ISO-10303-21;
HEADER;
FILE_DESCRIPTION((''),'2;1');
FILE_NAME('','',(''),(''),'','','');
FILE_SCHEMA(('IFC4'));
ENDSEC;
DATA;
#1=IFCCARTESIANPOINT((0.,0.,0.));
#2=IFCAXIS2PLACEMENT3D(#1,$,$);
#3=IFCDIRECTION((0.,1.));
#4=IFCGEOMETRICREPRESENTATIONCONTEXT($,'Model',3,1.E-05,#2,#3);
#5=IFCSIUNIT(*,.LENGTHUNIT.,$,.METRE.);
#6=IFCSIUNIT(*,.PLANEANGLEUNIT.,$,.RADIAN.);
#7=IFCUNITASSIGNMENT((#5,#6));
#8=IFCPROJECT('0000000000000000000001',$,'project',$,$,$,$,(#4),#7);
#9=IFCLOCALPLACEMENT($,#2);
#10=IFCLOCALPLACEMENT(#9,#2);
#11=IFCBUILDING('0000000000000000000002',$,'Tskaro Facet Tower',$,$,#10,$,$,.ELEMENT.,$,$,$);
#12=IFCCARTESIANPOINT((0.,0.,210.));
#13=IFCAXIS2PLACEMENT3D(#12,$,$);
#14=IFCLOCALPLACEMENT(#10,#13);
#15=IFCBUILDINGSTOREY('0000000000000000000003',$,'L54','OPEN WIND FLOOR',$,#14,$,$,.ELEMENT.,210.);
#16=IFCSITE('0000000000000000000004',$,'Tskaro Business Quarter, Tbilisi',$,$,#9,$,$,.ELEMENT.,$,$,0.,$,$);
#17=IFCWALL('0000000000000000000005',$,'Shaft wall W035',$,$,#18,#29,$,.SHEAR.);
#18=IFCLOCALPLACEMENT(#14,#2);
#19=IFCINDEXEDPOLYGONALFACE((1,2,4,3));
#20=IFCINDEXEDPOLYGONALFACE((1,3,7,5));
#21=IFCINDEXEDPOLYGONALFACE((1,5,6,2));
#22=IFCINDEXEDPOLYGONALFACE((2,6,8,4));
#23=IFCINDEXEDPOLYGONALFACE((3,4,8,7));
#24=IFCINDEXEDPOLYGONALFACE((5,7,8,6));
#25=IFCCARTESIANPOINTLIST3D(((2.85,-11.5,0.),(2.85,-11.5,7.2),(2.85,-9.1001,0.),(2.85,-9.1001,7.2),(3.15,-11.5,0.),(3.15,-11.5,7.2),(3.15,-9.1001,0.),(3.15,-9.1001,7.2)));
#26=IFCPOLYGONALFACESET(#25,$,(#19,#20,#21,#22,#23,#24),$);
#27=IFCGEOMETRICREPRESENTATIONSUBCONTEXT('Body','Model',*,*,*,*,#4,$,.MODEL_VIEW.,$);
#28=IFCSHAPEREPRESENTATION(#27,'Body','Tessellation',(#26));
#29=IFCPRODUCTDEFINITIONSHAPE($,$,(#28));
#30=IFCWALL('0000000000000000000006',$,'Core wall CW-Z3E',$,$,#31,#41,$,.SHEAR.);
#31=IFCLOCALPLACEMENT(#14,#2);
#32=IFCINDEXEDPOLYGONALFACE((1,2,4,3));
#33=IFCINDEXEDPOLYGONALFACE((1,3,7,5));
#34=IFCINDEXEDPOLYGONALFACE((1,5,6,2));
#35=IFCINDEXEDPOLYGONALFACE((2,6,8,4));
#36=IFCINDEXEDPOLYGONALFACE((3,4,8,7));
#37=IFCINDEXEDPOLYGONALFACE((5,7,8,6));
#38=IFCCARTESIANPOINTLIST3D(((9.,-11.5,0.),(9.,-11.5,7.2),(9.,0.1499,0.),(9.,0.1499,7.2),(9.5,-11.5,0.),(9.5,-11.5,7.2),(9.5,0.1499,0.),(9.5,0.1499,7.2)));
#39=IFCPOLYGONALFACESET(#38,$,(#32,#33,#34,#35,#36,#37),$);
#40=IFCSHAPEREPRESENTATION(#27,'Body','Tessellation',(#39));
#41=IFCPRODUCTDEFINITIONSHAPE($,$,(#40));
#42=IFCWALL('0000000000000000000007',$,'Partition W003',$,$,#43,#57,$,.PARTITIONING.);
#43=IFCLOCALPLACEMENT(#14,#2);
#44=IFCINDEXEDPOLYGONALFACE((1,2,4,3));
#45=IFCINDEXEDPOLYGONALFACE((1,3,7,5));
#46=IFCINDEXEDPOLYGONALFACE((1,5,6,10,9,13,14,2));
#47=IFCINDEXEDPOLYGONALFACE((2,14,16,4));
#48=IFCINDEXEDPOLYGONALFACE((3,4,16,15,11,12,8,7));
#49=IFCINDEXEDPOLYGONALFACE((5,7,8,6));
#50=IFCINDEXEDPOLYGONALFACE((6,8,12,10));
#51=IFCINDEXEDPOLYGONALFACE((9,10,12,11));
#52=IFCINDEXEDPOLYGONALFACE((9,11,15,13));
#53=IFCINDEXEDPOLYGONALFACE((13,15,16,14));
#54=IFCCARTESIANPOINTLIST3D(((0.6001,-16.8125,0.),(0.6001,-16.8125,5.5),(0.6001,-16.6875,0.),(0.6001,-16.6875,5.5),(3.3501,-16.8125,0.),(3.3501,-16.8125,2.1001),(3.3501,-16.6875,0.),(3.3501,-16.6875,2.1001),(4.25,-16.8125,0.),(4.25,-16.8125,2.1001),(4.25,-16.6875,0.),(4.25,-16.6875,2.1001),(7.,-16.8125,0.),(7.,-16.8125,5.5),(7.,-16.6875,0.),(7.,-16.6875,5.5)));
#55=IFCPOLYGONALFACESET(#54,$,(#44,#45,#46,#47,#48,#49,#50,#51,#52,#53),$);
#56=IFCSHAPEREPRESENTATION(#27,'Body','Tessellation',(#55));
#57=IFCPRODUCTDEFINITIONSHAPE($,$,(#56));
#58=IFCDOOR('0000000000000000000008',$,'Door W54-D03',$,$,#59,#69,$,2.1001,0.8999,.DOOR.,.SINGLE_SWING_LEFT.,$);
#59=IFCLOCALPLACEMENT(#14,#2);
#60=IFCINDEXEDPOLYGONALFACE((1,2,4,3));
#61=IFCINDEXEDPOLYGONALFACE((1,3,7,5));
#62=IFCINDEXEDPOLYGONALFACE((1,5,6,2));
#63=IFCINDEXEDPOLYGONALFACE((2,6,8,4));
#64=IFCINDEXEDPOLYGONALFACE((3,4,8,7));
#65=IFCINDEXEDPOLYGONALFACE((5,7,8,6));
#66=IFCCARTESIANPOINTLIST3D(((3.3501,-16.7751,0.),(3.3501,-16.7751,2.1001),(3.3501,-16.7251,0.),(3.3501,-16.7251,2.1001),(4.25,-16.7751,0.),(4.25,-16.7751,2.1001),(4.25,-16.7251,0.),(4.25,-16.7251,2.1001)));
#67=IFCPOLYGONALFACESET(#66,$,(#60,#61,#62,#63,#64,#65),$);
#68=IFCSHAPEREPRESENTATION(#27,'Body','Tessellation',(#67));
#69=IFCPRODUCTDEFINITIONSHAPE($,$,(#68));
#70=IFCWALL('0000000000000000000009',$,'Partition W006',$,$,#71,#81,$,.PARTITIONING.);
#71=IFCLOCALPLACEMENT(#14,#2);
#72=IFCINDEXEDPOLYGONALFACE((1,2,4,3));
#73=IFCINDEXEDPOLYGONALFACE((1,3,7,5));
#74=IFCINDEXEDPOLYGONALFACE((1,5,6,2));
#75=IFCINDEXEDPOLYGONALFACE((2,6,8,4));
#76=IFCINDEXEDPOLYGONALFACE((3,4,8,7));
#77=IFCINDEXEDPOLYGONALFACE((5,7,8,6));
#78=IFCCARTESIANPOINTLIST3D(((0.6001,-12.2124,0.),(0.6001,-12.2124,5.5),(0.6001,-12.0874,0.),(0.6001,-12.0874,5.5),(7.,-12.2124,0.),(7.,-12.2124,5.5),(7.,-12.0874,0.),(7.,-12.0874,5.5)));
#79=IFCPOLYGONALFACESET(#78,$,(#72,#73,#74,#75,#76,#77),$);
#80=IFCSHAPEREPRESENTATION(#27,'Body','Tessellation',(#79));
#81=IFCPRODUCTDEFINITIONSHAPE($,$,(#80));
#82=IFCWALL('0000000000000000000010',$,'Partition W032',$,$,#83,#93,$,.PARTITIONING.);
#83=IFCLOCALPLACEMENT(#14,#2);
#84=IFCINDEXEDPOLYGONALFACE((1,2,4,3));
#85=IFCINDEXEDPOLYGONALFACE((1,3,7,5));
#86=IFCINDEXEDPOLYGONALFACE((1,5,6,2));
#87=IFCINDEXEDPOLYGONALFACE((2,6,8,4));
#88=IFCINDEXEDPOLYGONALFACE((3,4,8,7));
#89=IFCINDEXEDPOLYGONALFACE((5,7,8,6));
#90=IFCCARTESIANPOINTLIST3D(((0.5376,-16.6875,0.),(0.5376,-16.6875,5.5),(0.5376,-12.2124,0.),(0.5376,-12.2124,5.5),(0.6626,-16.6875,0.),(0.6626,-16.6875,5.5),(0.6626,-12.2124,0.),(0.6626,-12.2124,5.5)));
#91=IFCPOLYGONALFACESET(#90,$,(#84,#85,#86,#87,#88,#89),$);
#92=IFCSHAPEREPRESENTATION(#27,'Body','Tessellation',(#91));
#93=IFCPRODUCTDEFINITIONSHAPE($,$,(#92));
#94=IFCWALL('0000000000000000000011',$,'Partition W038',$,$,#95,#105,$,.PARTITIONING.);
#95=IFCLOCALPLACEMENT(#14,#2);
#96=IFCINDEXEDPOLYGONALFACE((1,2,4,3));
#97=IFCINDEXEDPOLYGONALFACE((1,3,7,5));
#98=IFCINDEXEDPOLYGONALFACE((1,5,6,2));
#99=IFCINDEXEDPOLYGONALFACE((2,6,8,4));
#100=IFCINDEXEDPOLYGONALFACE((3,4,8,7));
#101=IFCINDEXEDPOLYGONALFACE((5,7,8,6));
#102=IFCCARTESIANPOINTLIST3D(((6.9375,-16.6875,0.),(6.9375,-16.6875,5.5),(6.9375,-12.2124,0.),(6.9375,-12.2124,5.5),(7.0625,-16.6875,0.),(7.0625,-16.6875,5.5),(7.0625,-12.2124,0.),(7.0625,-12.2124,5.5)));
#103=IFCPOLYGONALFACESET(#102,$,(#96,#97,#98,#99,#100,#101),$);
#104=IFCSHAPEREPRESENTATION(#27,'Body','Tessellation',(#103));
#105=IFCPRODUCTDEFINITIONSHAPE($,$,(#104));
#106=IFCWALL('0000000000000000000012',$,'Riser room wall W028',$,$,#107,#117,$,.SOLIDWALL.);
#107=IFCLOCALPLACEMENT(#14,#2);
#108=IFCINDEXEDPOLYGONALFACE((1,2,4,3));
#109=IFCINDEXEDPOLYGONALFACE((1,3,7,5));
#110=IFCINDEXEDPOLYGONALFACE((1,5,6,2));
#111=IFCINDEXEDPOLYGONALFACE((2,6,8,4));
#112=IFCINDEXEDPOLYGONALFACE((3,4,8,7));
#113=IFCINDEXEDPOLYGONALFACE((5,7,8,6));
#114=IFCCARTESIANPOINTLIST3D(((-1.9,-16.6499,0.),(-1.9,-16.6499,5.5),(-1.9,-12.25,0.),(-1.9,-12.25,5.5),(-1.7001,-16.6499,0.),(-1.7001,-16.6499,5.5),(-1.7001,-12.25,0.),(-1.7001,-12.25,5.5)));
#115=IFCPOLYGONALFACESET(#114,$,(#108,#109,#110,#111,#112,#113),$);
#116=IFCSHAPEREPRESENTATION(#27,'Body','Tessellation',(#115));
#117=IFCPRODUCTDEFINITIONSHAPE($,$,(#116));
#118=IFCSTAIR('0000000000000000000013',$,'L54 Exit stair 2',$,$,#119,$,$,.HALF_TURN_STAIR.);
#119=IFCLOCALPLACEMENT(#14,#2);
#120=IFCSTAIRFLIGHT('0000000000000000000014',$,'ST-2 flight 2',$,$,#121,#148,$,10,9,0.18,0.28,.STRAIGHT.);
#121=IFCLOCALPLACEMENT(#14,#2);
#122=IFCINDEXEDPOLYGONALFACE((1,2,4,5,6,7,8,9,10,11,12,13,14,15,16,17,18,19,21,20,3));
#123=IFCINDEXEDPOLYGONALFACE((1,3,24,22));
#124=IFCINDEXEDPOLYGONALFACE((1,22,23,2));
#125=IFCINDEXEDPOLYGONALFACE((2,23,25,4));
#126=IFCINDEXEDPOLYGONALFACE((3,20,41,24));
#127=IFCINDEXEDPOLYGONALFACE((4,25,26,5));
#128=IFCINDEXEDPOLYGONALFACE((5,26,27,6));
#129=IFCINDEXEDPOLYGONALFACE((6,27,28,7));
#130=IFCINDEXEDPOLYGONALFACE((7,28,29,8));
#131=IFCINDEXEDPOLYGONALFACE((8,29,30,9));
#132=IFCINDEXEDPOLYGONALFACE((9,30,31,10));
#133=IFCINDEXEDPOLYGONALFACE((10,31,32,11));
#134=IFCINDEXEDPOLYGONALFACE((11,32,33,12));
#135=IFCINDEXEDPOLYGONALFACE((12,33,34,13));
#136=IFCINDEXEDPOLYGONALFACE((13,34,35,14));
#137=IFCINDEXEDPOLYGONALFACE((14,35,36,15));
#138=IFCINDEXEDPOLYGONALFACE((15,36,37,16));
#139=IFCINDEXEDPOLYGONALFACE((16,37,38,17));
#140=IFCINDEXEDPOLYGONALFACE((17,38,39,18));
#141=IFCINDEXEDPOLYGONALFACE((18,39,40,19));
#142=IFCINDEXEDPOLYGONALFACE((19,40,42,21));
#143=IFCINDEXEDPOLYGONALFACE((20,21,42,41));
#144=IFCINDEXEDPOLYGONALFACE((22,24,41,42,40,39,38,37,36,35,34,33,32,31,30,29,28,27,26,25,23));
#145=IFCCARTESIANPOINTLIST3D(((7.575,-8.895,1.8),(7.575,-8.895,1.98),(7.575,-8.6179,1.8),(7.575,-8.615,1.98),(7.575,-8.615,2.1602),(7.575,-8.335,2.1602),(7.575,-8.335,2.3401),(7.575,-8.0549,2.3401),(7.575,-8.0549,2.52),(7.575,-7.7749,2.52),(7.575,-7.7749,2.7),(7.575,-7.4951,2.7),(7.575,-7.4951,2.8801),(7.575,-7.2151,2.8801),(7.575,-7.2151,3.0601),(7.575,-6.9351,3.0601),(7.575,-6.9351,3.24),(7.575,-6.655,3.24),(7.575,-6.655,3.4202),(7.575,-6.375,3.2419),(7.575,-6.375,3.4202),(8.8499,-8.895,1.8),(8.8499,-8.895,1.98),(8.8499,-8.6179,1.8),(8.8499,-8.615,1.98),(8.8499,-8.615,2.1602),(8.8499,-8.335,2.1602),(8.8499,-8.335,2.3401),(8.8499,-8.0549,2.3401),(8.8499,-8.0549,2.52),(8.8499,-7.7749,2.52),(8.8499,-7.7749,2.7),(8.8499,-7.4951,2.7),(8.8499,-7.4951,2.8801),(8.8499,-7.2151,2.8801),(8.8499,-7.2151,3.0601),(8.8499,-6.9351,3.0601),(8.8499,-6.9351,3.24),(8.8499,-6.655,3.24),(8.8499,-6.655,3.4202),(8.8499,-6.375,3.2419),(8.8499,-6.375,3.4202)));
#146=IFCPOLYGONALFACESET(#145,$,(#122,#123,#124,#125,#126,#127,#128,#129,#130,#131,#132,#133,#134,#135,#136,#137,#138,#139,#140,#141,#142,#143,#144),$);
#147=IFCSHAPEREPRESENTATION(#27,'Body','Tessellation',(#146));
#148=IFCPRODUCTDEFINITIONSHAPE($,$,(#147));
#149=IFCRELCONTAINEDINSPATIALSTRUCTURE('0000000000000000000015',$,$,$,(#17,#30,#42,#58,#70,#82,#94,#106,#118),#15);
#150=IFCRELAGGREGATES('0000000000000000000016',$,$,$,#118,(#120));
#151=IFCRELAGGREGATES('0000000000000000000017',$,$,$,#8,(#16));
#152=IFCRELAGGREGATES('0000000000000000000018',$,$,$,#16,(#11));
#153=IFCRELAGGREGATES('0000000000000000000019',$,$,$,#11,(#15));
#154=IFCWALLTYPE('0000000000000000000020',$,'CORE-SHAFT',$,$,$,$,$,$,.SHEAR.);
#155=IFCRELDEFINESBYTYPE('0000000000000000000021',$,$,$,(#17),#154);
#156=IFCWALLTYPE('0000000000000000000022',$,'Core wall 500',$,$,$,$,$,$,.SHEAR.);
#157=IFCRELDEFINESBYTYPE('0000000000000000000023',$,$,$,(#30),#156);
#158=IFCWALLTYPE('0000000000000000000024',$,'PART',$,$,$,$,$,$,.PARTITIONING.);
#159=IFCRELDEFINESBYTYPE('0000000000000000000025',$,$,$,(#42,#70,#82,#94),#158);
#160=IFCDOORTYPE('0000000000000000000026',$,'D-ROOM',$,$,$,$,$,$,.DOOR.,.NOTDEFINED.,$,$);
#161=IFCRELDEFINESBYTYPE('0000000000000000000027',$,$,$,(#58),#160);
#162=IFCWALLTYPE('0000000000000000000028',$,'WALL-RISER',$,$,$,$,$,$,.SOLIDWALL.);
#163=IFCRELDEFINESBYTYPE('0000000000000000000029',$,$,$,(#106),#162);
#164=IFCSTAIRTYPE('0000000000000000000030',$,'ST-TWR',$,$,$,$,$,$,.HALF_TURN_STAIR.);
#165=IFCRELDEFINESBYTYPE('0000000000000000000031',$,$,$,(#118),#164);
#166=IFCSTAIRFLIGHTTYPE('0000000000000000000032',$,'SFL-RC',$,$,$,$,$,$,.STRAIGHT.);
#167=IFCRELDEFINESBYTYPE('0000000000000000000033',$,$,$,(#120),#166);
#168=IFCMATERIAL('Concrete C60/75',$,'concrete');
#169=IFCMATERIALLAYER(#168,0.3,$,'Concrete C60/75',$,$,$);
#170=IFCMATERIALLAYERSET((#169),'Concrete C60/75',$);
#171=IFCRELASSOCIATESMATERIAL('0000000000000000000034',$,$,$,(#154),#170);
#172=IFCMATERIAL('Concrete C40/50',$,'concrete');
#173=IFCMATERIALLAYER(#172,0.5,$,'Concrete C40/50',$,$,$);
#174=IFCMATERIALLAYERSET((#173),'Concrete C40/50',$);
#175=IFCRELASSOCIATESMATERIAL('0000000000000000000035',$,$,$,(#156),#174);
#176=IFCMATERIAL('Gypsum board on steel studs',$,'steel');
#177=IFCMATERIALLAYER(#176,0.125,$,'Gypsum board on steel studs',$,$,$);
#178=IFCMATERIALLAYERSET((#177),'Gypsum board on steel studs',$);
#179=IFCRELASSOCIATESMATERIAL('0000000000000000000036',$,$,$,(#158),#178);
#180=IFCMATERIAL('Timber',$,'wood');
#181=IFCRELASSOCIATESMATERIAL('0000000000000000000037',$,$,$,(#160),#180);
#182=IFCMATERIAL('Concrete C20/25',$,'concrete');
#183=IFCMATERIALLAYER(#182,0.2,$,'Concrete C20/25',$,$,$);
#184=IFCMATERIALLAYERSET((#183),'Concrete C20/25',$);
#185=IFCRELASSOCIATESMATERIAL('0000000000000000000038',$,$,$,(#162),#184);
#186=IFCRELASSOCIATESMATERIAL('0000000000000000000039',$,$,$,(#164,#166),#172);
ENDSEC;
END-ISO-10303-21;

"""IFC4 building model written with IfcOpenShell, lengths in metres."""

from ifc_helpers import new_model, si_unit, direction, frame, frame_2d, origin, place, context, subcontext, project, spatial, polyline, rectangle, outline, extrude, material, layer, layer_set, type_object, element, fill, aggregate, save


model = new_model("IFC4")

# Units and contexts
model_context = context("Model", 3, precision=1e-05, world=origin(), true_north=direction((0.0, 1.0)))
body_context = subcontext(model_context, "Body", "Model", "MODEL_VIEW")
ifc_project = project(units=[si_unit("LENGTHUNIT", "METRE"), si_unit("PLANEANGLEUNIT", "RADIAN")], contexts=[model_context])

# Site, building, storey
site_placement = place(None, origin())
site = spatial("IfcSite", under=ifc_project, at=site_placement, Name="Tskaro Business Quarter, Tbilisi", CompositionType="ELEMENT", RefElevation=0.0)
building_placement = place(site_placement, origin())
building = spatial("IfcBuilding", under=site, at=building_placement, Name="Tskaro Facet Tower", CompositionType="ELEMENT")
storey_placement = place(building_placement, frame((0.0, 0.0, 210.0)))
storey = spatial("IfcBuildingStorey", under=building, at=storey_placement, Name="L54", Description="OPEN WIND FLOOR", CompositionType="ELEMENT", Elevation=210.0)

# Walls
ifc_material_1 = material(Name="Concrete C60/75", Category="concrete")
ifc_layer_1 = layer(ifc_material_1, 0.3, Name="Concrete C60/75")
ifc_layer_set_1 = layer_set([ifc_layer_1], Name="Concrete C60/75")
wall_type_1 = type_object("IfcWallType", Name="CORE-SHAFT", PredefinedType="SHEAR", material=ifc_layer_set_1)
for number, where, z_axis, x_axis, name in (
    (1, (3.0, -11.5, 0.0), (0.0, 0.0, 1.0), (0.0, 1.0, 0.0), "Shaft wall W035"),
):
    element("IfcWall", number, at=place(storey_placement, frame(where, z_axis=z_axis, x_axis=x_axis)), inside=storey, type_object=wall_type_1, Name=name, PredefinedType="SHEAR", context=body_context, shape_type="SweptSolid", body=[
        extrude(rectangle(XDim=2.3999, YDim=0.3, at=frame_2d((1.2, 0.0))), origin(), (0.0, 0.0, 1.0), 7.2),
    ])
ifc_material_2 = material(Name="Concrete C40/50", Category="concrete")
ifc_layer_2 = layer(ifc_material_2, 0.5, Name="Concrete C40/50")
ifc_layer_set_2 = layer_set([ifc_layer_2], Name="Concrete C40/50")
wall_type_2 = type_object("IfcWallType", Name="Core wall 500", PredefinedType="SHEAR", material=ifc_layer_set_2)
wall_1_placement = place(storey_placement, frame((9.25, -11.5, 0.0), z_axis=(0.0, 0.0, 1.0), x_axis=(0.0, 1.0, 0.0)))
element("IfcWall", 2, at=wall_1_placement, inside=storey, type_object=wall_type_2, Name="Core wall CW-Z3E", PredefinedType="SHEAR", context=body_context, shape_type="SweptSolid", body=[
    extrude(rectangle(XDim=11.6499, YDim=0.5, at=frame_2d((5.825, 0.0))), origin(), (0.0, 0.0, 1.0), 7.2),
])

# Wall, opening, door
ifc_material_3 = material(Name="Gypsum board on steel studs", Category="steel")
ifc_layer_3 = layer(ifc_material_3, 0.125, Name="Gypsum board on steel studs")
ifc_layer_set_3 = layer_set([ifc_layer_3], Name="Gypsum board on steel studs")
wall_type_3 = type_object("IfcWallType", Name="PART", PredefinedType="PARTITIONING", material=ifc_layer_set_3)
wall_2_placement = place(storey_placement, frame((0.6001, -16.75, 0.0), z_axis=(0.0, 0.0, 1.0), x_axis=(1.0, 0.0, 0.0)))
wall_2 = element("IfcWall", 3, at=wall_2_placement, inside=storey, type_object=wall_type_3, Name="Partition W003", PredefinedType="PARTITIONING", context=body_context, shape_type="SweptSolid", body=[
    extrude(rectangle(XDim=6.3999, YDim=0.125, at=frame_2d((3.2, 0.0))), origin(), (0.0, 0.0, 1.0), 5.5),
])
opening_placement = place(wall_2_placement, frame((2.75, 0.0, 0.0)))
opening = element("IfcOpeningElement", 4, at=opening_placement, cuts=wall_2, PredefinedType="OPENING", context=body_context, shape_type="SweptSolid", body=[
    extrude(rectangle(XDim=0.8999, YDim=2.1001, at=frame_2d((0.45, 1.05))), frame((0.0, 0.0725, 0.0), z_axis=(0.0, -1.0, 0.0), x_axis=(1.0, 0.0, 0.0)), (0.0, 0.0, 1.0), 0.145),
])
ifc_material_4 = material(Name="Timber", Category="wood")
door_type = type_object("IfcDoorType", Name="D-ROOM", OperationType="NOTDEFINED", PredefinedType="DOOR", material=ifc_material_4)
door_placement = place(opening_placement, origin())
door = element("IfcDoor", 5, at=door_placement, inside=storey, type_object=door_type, Name="Door W54-D03", OperationType="SINGLE_SWING_LEFT", OverallHeight=2.1001, OverallWidth=0.8999, PredefinedType="DOOR", context=body_context, shape_type="SweptSolid", body=[
    extrude(rectangle(XDim=0.8999, YDim=2.1001, at=frame_2d((0.45, 1.05))), frame((0.0, 0.0249, 0.0), z_axis=(0.0, -1.0, 0.0), x_axis=(1.0, 0.0, 0.0)), (0.0, 0.0, 1.0), 0.05),
])
fill(opening, door)

# Walls
wall_3_placement = place(storey_placement, frame((0.6001, -12.1499, 0.0), z_axis=(0.0, 0.0, 1.0), x_axis=(1.0, 0.0, 0.0)))
element("IfcWall", 6, at=wall_3_placement, inside=storey, type_object=wall_type_3, Name="Partition W006", PredefinedType="PARTITIONING", context=body_context, shape_type="SweptSolid", body=[
    extrude(rectangle(XDim=6.3999, YDim=0.125, at=frame_2d((3.2, 0.0))), origin(), (0.0, 0.0, 1.0), 5.5),
])
for number, where, z_axis, x_axis, name in (
    (7, (0.6001, -16.6875, 0.0), (0.0, 0.0, 1.0), (0.0, 1.0, 0.0), "Partition W032"),
    (8, (7.0, -16.6875, 0.0), (0.0, 0.0, 1.0), (0.0, 1.0, 0.0), "Partition W038"),
):
    element("IfcWall", number, at=place(storey_placement, frame(where, z_axis=z_axis, x_axis=x_axis)), inside=storey, type_object=wall_type_3, Name=name, PredefinedType="PARTITIONING", context=body_context, shape_type="SweptSolid", body=[
        extrude(rectangle(XDim=4.4751, YDim=0.125, at=frame_2d((2.2375, 0.0))), origin(), (0.0, 0.0, 1.0), 5.5),
    ])
ifc_material_5 = material(Name="Concrete C20/25", Category="concrete")
ifc_layer_4 = layer(ifc_material_5, 0.2, Name="Concrete C20/25")
ifc_layer_set_4 = layer_set([ifc_layer_4], Name="Concrete C20/25")
wall_type_4 = type_object("IfcWallType", Name="WALL-RISER", PredefinedType="SOLIDWALL", material=ifc_layer_set_4)
wall_4_placement = place(storey_placement, frame((-1.8, -16.6499, 0.0), z_axis=(0.0, 0.0, 1.0), x_axis=(0.0, 1.0, 0.0)))
element("IfcWall", 9, at=wall_4_placement, inside=storey, type_object=wall_type_4, Name="Riser room wall W028", PredefinedType="SOLIDWALL", context=body_context, shape_type="SweptSolid", body=[
    extrude(rectangle(XDim=4.3999, YDim=0.2, at=frame_2d((2.2, 0.0))), origin(), (0.0, 0.0, 1.0), 5.5),
])

# Stair, stair flight
stair_type = type_object("IfcStairType", Name="ST-TWR", PredefinedType="HALF_TURN_STAIR", material=ifc_material_2)
stair_placement = place(storey_placement, origin())
stair = element("IfcStair", 10, at=stair_placement, inside=storey, type_object=stair_type, Name="L54 Exit stair 2", PredefinedType="HALF_TURN_STAIR")
stair_flight_type = type_object("IfcStairFlightType", Name="SFL-RC", PredefinedType="STRAIGHT", material=ifc_material_2)
stair_flight_placement = place(storey_placement, frame((8.2124, -8.895, 1.8), z_axis=(0.0, 0.0, 1.0), x_axis=(0.0, 1.0, 0.0)))
stair_flight = element("IfcStairFlight", 11, at=stair_flight_placement, type_object=stair_flight_type, Name="ST-2 flight 2", NumberOfRisers=10, NumberOfTreads=9, PredefinedType="STRAIGHT", RiserHeight=0.18, TreadLength=0.28, context=body_context, shape_type="SweptSolid", body=[
    extrude(outline(polyline([(0.0, 0.0), (0.0, 0.1799), (0.28, 0.1799), (0.28, 0.3601), (0.5601, 0.3601), (0.5601, 0.54), (0.8401, 0.54), (0.8401, 0.72), (1.1201, 0.72), (1.1201, 0.8999), (1.3999, 0.8999), (1.3999, 1.0801), (1.6799, 1.0801), (1.6799, 1.26), (1.96, 1.26), (1.96, 1.4399), (2.24, 1.4399), (2.24, 1.6201), (2.52, 1.6201), (2.52, 1.8), (2.52, 1.4419), (0.2771, 0.0), (0.0, 0.0)])), frame((0.0, 0.6375, 0.0), z_axis=(0.0, -1.0, 0.0), x_axis=(1.0, 0.0, 0.0)), (0.0, 0.0, 1.0), 1.2749),
])
aggregate(stair, [stair_flight])

save(model, "model.ifc")
